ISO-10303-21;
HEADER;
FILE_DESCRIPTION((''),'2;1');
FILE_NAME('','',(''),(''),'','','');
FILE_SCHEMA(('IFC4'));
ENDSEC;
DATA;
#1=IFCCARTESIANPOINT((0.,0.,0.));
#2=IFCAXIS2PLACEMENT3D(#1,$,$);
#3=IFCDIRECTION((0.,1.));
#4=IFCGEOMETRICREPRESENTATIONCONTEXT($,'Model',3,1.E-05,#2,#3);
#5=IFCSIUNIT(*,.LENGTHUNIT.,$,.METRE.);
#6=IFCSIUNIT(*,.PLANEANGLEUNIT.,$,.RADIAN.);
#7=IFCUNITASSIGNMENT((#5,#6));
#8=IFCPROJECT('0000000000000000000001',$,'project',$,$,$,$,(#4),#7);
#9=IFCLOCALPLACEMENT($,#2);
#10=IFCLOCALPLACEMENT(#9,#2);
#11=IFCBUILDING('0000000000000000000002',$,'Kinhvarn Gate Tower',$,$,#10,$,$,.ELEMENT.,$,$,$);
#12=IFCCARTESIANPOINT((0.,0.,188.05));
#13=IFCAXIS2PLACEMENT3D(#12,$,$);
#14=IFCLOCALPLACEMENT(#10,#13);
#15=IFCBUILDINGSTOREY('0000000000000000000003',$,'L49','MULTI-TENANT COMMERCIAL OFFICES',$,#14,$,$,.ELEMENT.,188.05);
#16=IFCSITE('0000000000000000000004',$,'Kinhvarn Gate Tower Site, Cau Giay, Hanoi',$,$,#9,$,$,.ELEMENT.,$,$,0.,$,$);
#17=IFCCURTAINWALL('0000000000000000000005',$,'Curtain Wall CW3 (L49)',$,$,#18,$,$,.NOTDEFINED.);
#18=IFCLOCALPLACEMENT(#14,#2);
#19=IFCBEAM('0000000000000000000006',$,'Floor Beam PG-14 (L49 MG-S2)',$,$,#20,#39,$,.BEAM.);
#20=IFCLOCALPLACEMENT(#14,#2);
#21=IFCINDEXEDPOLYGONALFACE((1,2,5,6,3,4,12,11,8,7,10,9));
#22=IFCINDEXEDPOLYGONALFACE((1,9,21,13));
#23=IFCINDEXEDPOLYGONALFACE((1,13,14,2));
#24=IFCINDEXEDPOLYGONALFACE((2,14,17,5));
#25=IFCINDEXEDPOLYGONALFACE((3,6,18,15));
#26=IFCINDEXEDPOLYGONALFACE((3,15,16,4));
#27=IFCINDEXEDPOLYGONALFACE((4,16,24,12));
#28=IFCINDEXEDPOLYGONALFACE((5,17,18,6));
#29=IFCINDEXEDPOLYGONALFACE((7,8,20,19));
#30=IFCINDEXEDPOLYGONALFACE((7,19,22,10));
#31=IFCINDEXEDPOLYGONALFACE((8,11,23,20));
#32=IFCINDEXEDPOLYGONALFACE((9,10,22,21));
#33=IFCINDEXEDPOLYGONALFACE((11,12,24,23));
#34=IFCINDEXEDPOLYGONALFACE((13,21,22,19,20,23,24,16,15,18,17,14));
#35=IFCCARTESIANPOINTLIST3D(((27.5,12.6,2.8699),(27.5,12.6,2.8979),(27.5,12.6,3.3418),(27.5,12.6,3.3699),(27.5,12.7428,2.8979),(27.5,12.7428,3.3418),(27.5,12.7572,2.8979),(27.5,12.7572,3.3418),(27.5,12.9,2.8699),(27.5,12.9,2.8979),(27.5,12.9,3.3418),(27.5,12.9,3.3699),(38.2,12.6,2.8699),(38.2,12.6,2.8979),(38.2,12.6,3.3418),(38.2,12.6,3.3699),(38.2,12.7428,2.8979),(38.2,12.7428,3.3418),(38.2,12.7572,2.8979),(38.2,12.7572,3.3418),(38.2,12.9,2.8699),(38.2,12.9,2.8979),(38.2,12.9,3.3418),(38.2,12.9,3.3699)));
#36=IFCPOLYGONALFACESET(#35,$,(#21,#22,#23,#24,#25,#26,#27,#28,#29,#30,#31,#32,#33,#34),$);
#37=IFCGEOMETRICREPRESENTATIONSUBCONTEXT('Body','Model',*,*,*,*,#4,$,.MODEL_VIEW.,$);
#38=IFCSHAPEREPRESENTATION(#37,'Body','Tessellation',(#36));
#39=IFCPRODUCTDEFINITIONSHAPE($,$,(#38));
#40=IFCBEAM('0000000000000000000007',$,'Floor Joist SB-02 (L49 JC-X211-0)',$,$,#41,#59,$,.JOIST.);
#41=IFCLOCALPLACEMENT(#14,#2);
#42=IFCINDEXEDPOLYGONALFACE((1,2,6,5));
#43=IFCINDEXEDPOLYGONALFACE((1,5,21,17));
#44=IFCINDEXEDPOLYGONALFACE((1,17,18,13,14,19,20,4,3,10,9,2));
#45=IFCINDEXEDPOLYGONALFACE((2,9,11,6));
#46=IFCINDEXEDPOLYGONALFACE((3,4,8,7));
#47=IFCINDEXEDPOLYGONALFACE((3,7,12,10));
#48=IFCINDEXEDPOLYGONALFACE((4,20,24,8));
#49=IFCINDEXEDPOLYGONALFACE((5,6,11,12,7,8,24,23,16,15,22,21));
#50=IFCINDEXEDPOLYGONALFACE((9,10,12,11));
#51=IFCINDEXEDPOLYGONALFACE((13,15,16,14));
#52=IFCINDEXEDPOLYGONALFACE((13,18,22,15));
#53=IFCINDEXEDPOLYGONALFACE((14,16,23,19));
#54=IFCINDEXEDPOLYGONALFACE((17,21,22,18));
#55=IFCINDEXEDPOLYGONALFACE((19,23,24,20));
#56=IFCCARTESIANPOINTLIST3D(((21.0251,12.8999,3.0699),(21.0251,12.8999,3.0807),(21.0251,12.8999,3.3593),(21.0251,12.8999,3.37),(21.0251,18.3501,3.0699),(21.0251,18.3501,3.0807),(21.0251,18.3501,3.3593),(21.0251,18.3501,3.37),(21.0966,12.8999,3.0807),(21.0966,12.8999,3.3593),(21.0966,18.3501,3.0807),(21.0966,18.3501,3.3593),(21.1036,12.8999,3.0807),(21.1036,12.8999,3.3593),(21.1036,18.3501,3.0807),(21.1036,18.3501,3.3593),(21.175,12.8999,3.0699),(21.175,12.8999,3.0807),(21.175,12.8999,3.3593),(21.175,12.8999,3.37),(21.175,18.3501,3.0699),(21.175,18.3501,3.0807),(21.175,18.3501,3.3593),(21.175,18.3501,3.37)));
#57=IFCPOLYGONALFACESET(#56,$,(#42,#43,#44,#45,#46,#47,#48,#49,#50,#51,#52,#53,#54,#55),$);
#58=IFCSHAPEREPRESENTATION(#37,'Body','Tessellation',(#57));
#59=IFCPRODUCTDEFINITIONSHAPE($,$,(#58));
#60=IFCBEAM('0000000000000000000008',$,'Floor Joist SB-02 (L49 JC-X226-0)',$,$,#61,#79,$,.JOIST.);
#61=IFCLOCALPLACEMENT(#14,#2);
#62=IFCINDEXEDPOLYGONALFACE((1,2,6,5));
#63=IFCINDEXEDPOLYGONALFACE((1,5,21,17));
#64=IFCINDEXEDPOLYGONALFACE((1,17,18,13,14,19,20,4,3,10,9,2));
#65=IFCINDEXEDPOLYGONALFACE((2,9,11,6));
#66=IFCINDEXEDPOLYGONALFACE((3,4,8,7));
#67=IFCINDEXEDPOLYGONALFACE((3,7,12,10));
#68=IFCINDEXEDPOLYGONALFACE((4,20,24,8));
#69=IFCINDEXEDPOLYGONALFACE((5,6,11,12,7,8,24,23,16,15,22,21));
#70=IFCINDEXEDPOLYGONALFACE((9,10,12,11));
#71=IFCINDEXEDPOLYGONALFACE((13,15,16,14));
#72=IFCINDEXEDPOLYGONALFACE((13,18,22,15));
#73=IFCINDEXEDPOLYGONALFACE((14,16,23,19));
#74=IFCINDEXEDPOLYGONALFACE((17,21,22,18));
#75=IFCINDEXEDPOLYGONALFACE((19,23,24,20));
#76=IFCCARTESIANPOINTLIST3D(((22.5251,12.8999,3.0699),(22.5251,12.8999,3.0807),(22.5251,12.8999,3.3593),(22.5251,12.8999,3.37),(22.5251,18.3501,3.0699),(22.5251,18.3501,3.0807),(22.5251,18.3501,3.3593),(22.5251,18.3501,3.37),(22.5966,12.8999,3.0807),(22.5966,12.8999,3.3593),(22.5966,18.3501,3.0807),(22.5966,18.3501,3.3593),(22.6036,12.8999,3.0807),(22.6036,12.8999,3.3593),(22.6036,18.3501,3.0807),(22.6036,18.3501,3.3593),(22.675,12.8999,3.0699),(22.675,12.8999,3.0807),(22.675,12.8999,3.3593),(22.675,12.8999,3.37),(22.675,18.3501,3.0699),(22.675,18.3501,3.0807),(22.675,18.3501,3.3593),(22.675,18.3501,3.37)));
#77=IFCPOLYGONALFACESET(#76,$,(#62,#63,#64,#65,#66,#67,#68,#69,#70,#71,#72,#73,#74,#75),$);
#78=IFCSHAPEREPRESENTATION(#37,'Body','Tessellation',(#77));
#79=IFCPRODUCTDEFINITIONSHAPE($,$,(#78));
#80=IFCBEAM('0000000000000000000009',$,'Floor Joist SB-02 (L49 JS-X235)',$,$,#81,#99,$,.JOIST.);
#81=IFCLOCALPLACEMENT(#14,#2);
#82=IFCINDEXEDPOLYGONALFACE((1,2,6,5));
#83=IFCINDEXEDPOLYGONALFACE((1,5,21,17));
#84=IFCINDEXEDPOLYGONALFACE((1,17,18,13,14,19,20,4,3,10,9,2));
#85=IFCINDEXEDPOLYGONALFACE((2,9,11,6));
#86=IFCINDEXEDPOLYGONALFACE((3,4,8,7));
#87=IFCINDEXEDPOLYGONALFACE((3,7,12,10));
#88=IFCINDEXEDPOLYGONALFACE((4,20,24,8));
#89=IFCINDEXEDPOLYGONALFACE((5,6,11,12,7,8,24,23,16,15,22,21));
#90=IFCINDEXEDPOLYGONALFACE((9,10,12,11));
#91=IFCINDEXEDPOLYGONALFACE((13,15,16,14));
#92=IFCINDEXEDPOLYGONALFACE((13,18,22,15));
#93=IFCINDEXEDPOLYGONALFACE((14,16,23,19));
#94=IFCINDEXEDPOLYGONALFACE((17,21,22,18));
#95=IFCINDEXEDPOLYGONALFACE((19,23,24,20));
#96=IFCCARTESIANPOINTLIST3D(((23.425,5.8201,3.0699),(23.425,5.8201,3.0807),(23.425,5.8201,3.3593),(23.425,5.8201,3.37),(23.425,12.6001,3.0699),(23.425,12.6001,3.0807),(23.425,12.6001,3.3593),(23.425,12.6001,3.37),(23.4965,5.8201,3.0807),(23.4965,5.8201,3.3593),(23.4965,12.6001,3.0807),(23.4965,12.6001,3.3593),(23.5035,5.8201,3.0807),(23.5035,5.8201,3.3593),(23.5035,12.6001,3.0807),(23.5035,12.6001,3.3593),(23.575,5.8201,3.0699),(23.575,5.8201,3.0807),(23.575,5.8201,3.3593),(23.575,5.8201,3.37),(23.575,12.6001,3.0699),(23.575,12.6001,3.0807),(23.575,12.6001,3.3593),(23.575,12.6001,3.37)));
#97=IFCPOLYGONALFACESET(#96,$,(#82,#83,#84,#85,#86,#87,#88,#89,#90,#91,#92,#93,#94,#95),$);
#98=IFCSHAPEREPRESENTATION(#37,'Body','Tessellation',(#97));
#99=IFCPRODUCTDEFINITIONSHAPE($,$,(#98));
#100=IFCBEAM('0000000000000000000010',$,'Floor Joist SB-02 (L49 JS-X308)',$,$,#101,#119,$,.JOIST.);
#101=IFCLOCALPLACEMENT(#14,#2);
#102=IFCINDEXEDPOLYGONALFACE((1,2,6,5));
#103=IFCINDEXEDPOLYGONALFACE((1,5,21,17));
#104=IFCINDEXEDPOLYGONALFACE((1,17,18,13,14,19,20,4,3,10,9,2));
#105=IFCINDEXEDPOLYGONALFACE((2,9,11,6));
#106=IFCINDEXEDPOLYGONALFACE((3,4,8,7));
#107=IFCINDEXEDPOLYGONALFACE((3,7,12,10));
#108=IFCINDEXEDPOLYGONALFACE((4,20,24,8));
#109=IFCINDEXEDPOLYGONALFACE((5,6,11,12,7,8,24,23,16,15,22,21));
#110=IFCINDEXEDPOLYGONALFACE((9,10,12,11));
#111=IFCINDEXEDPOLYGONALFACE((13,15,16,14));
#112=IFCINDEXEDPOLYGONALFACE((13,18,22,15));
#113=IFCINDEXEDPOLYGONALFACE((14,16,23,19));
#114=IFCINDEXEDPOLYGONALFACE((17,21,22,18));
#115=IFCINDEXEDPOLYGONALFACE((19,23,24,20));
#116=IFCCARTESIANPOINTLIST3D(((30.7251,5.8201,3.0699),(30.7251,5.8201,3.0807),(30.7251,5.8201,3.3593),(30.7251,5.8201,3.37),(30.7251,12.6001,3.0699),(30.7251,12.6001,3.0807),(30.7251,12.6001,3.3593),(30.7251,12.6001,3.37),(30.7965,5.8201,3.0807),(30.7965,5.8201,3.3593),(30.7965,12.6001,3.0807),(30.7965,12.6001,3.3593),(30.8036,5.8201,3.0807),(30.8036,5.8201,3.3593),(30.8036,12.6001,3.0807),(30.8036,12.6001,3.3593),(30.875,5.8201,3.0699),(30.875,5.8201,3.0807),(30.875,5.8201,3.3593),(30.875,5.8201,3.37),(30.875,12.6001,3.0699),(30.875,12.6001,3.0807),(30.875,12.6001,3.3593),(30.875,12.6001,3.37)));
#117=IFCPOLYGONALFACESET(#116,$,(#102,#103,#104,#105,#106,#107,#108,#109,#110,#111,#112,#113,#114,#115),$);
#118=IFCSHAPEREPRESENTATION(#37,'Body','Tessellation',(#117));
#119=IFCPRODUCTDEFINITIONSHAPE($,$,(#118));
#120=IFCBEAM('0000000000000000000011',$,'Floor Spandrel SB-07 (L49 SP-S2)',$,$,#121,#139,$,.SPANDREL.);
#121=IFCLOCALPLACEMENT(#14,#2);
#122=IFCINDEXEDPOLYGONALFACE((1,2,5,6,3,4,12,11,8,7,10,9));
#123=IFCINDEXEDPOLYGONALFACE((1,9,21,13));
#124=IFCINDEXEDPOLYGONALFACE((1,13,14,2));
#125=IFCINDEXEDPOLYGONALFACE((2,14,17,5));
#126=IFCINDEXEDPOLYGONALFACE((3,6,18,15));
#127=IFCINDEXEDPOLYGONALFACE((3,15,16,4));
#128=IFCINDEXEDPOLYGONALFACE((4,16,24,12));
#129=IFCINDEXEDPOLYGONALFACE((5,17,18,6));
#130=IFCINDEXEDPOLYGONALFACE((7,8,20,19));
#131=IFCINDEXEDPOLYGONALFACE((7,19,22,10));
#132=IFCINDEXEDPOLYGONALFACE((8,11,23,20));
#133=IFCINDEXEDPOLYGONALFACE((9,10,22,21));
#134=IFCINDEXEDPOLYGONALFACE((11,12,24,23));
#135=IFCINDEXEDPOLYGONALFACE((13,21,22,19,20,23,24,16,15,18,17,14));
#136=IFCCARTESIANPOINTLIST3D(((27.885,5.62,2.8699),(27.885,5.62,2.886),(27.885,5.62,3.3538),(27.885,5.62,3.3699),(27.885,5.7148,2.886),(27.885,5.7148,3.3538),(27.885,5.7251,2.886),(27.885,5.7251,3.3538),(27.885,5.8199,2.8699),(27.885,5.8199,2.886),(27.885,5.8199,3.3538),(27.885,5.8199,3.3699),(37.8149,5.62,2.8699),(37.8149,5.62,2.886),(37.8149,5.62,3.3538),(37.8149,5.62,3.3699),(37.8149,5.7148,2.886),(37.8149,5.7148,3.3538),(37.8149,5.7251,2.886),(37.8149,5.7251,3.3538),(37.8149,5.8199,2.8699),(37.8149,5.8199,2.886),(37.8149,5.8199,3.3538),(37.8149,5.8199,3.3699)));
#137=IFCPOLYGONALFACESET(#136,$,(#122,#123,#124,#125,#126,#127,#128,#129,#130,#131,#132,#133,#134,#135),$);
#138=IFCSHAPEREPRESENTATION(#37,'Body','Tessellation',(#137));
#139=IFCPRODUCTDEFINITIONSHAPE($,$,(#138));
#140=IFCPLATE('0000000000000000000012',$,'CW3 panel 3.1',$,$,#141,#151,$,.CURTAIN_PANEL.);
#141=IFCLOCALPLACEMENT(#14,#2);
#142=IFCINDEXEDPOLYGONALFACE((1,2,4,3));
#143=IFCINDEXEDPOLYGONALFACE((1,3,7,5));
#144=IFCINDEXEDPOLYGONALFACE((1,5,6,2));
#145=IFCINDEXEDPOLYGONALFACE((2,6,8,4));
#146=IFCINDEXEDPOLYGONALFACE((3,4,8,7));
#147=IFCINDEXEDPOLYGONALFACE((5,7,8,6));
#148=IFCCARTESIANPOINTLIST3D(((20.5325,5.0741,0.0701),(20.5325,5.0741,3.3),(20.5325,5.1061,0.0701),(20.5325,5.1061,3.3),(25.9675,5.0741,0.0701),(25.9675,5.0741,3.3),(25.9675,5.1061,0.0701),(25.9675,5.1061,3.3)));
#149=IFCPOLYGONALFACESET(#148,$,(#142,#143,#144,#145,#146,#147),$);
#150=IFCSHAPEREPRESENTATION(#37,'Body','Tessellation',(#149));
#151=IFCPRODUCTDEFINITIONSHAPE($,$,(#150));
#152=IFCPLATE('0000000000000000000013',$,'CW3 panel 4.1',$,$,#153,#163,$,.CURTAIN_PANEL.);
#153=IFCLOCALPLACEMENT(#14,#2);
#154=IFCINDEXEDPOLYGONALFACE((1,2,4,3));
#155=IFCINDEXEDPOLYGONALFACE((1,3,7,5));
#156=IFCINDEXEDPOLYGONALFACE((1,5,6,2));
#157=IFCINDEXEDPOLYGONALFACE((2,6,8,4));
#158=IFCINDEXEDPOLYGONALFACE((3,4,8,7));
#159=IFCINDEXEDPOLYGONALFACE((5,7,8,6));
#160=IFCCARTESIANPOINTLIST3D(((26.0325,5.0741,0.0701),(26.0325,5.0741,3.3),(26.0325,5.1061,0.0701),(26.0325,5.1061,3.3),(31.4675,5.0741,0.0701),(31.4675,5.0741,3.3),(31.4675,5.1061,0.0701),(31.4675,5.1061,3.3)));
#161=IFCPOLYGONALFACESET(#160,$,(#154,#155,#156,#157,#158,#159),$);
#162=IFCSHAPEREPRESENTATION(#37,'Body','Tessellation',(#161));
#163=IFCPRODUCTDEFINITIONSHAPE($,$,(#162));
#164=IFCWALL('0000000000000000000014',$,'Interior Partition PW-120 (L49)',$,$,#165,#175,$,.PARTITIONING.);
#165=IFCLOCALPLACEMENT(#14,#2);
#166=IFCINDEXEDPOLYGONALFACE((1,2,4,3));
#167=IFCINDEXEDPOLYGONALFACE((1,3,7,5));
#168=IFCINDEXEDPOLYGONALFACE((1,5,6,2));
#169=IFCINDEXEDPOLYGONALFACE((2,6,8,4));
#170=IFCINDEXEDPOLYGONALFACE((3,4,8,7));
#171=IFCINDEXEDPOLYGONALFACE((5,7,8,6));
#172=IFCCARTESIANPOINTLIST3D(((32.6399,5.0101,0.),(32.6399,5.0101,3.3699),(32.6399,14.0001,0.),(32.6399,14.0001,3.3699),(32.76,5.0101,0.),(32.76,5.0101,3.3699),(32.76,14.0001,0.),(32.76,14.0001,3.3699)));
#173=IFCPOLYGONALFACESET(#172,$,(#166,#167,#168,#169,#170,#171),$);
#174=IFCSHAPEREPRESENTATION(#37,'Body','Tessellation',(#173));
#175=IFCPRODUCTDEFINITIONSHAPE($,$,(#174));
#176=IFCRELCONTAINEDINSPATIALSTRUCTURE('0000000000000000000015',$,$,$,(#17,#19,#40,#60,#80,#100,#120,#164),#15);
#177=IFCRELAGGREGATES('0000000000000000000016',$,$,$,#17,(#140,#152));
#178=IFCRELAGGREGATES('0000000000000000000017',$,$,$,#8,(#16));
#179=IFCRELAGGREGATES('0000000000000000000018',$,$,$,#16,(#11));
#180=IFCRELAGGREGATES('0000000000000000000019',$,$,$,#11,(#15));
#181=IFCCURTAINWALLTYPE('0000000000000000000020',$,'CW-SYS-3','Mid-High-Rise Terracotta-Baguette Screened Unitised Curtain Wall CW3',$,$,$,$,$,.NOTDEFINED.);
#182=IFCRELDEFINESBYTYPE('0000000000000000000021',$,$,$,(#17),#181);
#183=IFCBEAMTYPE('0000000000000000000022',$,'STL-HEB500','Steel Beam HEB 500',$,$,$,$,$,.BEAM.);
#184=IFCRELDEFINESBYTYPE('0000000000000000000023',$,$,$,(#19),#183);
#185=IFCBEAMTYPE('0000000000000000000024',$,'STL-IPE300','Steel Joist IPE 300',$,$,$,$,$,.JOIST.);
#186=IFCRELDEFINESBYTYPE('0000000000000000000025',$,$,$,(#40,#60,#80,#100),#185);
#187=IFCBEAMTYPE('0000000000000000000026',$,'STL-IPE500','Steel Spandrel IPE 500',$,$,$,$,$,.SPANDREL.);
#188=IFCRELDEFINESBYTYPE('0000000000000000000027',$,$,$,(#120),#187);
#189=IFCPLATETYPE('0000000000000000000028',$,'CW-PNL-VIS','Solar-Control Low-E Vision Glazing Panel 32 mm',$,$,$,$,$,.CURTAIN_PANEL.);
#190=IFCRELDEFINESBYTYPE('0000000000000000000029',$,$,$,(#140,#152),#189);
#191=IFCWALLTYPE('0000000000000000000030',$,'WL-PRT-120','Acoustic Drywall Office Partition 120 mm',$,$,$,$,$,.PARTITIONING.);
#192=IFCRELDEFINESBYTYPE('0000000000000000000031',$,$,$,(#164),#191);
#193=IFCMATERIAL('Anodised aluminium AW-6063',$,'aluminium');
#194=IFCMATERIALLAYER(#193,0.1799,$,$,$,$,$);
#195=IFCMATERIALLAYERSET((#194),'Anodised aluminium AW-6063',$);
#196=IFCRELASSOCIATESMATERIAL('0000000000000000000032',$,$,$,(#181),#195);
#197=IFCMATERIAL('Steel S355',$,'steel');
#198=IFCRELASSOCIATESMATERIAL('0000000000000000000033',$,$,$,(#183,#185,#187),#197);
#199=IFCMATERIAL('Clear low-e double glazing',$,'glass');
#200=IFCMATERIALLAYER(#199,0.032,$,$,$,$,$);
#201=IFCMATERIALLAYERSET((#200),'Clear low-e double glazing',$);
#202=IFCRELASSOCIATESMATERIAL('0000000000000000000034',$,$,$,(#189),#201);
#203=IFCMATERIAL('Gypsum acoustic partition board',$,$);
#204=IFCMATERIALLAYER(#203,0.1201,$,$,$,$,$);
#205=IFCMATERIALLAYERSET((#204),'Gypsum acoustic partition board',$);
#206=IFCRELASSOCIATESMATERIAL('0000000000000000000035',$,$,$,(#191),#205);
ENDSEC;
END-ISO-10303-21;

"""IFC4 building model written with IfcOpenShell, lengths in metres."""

from ifc_helpers import new_model, si_unit, direction, frame, frame_2d, origin, origin_2d, place, context, subcontext, project, spatial, rectangle, i_section, extrude, material, layer, layer_set, material_profile, profile_set, type_object, element, aggregate, save


model = new_model("IFC4")

# Units and contexts
model_context = context("Model", 3, precision=1e-05, world=origin(), true_north=direction((0.0, 1.0)))
body_context = subcontext(model_context, "Body", "Model", "MODEL_VIEW")
ifc_project = project(units=[si_unit("LENGTHUNIT", "METRE"), si_unit("PLANEANGLEUNIT", "RADIAN")], contexts=[model_context])

# Site, building, storey
site_placement = place(None, origin())
site = spatial("IfcSite", under=ifc_project, at=site_placement, Name="Kinhvarn Gate Tower Site, Cau Giay, Hanoi", CompositionType="ELEMENT", RefElevation=0.0)
building_placement = place(site_placement, origin())
building = spatial("IfcBuilding", under=site, at=building_placement, Name="Kinhvarn Gate Tower", CompositionType="ELEMENT")
storey_placement = place(building_placement, frame((0.0, 0.0, 188.05)))
storey = spatial("IfcBuildingStorey", under=building, at=storey_placement, Name="L49", Description="MULTI-TENANT COMMERCIAL OFFICES", CompositionType="ELEMENT", Elevation=188.05)

# Curtain wall
ifc_material_1 = material(Name="Anodised aluminium AW-6063", Category="aluminium")
ifc_layer_1 = layer(ifc_material_1, 0.1799)
ifc_layer_set_1 = layer_set([ifc_layer_1], Name="Anodised aluminium AW-6063")
curtain_wall_type = type_object("IfcCurtainWallType", Name="CW-SYS-3", Description="Mid-High-Rise Terracotta-Baguette Screened Unitised Curtain Wall CW3", PredefinedType="NOTDEFINED", material=ifc_layer_set_1)
curtain_wall_placement = place(storey_placement, origin())
curtain_wall = element("IfcCurtainWall", 1, at=curtain_wall_placement, inside=storey, type_object=curtain_wall_type, Name="Curtain Wall CW3 (L49)", PredefinedType="NOTDEFINED")

# Beams
ifc_material_2 = material(Name="Steel S355", Category="steel")
ifc_material_profile_1 = material_profile(ifc_material_2, i_section(OverallWidth=0.3, OverallDepth=0.5, WebThickness=0.0144, FlangeThickness=0.0281, at=origin_2d()), Name="HEB 500")
ifc_profile_set_1 = profile_set([ifc_material_profile_1], Name="Steel S355")
beam_type_1 = type_object("IfcBeamType", Name="STL-HEB500", Description="Steel Beam HEB 500", PredefinedType="BEAM", material=ifc_profile_set_1)
beam_1_placement = place(storey_placement, frame((27.5, 12.75, 3.1199), z_axis=(1.0, 0.0, 0.0), x_axis=(0.0, 1.0, 0.0)))
element("IfcBeam", 2, at=beam_1_placement, inside=storey, type_object=beam_type_1, Name="Floor Beam PG-14 (L49 MG-S2)", PredefinedType="BEAM", context=body_context, shape_type="SweptSolid", body=[
    extrude(i_section(OverallWidth=0.3, OverallDepth=0.5, WebThickness=0.0144, FlangeThickness=0.0281, at=origin_2d()), origin(), (0.0, 0.0, 1.0), 10.7),
])
ifc_material_profile_2 = material_profile(ifc_material_2, i_section(OverallWidth=0.1499, OverallDepth=0.3, WebThickness=0.0071, FlangeThickness=0.0107, at=origin_2d()), Name="IPE 300")
ifc_profile_set_2 = profile_set([ifc_material_profile_2], Name="Steel S355")
beam_type_2 = type_object("IfcBeamType", Name="STL-IPE300", Description="Steel Joist IPE 300", PredefinedType="JOIST", material=ifc_profile_set_2)
for number, where, z_axis, x_axis, name in (
    (3, (21.1001, 12.8999, 3.22), (0.0, 1.0, 0.0), (-1.0, 0.0, 0.0), "Floor Joist SB-02 (L49 JC-X211-0)"),
    (4, (22.6001, 12.8999, 3.22), (0.0, 1.0, 0.0), (-1.0, 0.0, 0.0), "Floor Joist SB-02 (L49 JC-X226-0)"),
):
    element("IfcBeam", number, at=place(storey_placement, frame(where, z_axis=z_axis, x_axis=x_axis)), inside=storey, type_object=beam_type_2, Name=name, PredefinedType="JOIST", context=body_context, shape_type="SweptSolid", body=[
        extrude(i_section(OverallWidth=0.1499, OverallDepth=0.3, WebThickness=0.0071, FlangeThickness=0.0107, at=origin_2d()), origin(), (0.0, 0.0, 1.0), 5.4502),
    ])
for number, where, z_axis, x_axis, name in (
    (5, (23.5, 5.8201, 3.22), (0.0, 1.0, 0.0), (-1.0, 0.0, 0.0), "Floor Joist SB-02 (L49 JS-X235)"),
    (6, (30.8, 5.8201, 3.22), (0.0, 1.0, 0.0), (-1.0, 0.0, 0.0), "Floor Joist SB-02 (L49 JS-X308)"),
):
    element("IfcBeam", number, at=place(storey_placement, frame(where, z_axis=z_axis, x_axis=x_axis)), inside=storey, type_object=beam_type_2, Name=name, PredefinedType="JOIST", context=body_context, shape_type="SweptSolid", body=[
        extrude(i_section(OverallWidth=0.1499, OverallDepth=0.3, WebThickness=0.0071, FlangeThickness=0.0107, at=origin_2d()), origin(), (0.0, 0.0, 1.0), 6.78),
    ])
ifc_material_profile_3 = material_profile(ifc_material_2, i_section(OverallWidth=0.2, OverallDepth=0.5, WebThickness=0.0103, FlangeThickness=0.0161, at=origin_2d()), Name="IPE 500")
ifc_profile_set_3 = profile_set([ifc_material_profile_3], Name="Steel S355")
beam_type_3 = type_object("IfcBeamType", Name="STL-IPE500", Description="Steel Spandrel IPE 500", PredefinedType="SPANDREL", material=ifc_profile_set_3)
beam_2_placement = place(storey_placement, frame((27.885, 5.72, 3.1199), z_axis=(1.0, 0.0, 0.0), x_axis=(0.0, 1.0, 0.0)))
element("IfcBeam", 7, at=beam_2_placement, inside=storey, type_object=beam_type_3, Name="Floor Spandrel SB-07 (L49 SP-S2)", PredefinedType="SPANDREL", context=body_context, shape_type="SweptSolid", body=[
    extrude(i_section(OverallWidth=0.2, OverallDepth=0.5, WebThickness=0.0103, FlangeThickness=0.0161, at=origin_2d()), origin(), (0.0, 0.0, 1.0), 9.9299),
])

# Plates
ifc_material_3 = material(Name="Clear low-e double glazing", Category="glass")
ifc_layer_2 = layer(ifc_material_3, 0.032)
ifc_layer_set_2 = layer_set([ifc_layer_2], Name="Clear low-e double glazing")
plate_type = type_object("IfcPlateType", Name="CW-PNL-VIS", Description="Solar-Control Low-E Vision Glazing Panel 32 mm", PredefinedType="CURTAIN_PANEL", material=ifc_layer_set_2)
plate_1_placement = place(storey_placement, frame((23.25, 5.0901, 0.0701), z_axis=(0.0, 0.0, 1.0), x_axis=(1.0, 0.0, 0.0)))
plate_1 = element("IfcPlate", 8, at=plate_1_placement, type_object=plate_type, Name="CW3 panel 3.1", PredefinedType="CURTAIN_PANEL", context=body_context, shape_type="SweptSolid", body=[
    extrude(rectangle(XDim=5.4351, YDim=0.032, at=origin_2d()), origin(), (0.0, 0.0, 1.0), 3.23),
])
plate_2_placement = place(storey_placement, frame((28.75, 5.0901, 0.0701), z_axis=(0.0, 0.0, 1.0), x_axis=(1.0, 0.0, 0.0)))
plate_2 = element("IfcPlate", 9, at=plate_2_placement, type_object=plate_type, Name="CW3 panel 4.1", PredefinedType="CURTAIN_PANEL", context=body_context, shape_type="SweptSolid", body=[
    extrude(rectangle(XDim=5.4351, YDim=0.032, at=origin_2d()), origin(), (0.0, 0.0, 1.0), 3.23),
])
aggregate(curtain_wall, [plate_1, plate_2])

# Wall
ifc_material_4 = material(Name="Gypsum acoustic partition board")
ifc_layer_3 = layer(ifc_material_4, 0.1201)
ifc_layer_set_3 = layer_set([ifc_layer_3], Name="Gypsum acoustic partition board")
wall_type = type_object("IfcWallType", Name="WL-PRT-120", Description="Acoustic Drywall Office Partition 120 mm", PredefinedType="PARTITIONING", material=ifc_layer_set_3)
wall_placement = place(storey_placement, frame((32.7, 5.01, 0.0), z_axis=(0.0, 0.0, 1.0), x_axis=(0.0, 1.0, 0.0)))
element("IfcWall", 10, at=wall_placement, inside=storey, type_object=wall_type, Name="Interior Partition PW-120 (L49)", PredefinedType="PARTITIONING", context=body_context, shape_type="SweptSolid", body=[
    extrude(rectangle(XDim=8.99, YDim=0.1201, at=frame_2d((4.4951, 0.0))), origin(), (0.0, 0.0, 1.0), 3.3699),
])

save(model, "model.ifc")
